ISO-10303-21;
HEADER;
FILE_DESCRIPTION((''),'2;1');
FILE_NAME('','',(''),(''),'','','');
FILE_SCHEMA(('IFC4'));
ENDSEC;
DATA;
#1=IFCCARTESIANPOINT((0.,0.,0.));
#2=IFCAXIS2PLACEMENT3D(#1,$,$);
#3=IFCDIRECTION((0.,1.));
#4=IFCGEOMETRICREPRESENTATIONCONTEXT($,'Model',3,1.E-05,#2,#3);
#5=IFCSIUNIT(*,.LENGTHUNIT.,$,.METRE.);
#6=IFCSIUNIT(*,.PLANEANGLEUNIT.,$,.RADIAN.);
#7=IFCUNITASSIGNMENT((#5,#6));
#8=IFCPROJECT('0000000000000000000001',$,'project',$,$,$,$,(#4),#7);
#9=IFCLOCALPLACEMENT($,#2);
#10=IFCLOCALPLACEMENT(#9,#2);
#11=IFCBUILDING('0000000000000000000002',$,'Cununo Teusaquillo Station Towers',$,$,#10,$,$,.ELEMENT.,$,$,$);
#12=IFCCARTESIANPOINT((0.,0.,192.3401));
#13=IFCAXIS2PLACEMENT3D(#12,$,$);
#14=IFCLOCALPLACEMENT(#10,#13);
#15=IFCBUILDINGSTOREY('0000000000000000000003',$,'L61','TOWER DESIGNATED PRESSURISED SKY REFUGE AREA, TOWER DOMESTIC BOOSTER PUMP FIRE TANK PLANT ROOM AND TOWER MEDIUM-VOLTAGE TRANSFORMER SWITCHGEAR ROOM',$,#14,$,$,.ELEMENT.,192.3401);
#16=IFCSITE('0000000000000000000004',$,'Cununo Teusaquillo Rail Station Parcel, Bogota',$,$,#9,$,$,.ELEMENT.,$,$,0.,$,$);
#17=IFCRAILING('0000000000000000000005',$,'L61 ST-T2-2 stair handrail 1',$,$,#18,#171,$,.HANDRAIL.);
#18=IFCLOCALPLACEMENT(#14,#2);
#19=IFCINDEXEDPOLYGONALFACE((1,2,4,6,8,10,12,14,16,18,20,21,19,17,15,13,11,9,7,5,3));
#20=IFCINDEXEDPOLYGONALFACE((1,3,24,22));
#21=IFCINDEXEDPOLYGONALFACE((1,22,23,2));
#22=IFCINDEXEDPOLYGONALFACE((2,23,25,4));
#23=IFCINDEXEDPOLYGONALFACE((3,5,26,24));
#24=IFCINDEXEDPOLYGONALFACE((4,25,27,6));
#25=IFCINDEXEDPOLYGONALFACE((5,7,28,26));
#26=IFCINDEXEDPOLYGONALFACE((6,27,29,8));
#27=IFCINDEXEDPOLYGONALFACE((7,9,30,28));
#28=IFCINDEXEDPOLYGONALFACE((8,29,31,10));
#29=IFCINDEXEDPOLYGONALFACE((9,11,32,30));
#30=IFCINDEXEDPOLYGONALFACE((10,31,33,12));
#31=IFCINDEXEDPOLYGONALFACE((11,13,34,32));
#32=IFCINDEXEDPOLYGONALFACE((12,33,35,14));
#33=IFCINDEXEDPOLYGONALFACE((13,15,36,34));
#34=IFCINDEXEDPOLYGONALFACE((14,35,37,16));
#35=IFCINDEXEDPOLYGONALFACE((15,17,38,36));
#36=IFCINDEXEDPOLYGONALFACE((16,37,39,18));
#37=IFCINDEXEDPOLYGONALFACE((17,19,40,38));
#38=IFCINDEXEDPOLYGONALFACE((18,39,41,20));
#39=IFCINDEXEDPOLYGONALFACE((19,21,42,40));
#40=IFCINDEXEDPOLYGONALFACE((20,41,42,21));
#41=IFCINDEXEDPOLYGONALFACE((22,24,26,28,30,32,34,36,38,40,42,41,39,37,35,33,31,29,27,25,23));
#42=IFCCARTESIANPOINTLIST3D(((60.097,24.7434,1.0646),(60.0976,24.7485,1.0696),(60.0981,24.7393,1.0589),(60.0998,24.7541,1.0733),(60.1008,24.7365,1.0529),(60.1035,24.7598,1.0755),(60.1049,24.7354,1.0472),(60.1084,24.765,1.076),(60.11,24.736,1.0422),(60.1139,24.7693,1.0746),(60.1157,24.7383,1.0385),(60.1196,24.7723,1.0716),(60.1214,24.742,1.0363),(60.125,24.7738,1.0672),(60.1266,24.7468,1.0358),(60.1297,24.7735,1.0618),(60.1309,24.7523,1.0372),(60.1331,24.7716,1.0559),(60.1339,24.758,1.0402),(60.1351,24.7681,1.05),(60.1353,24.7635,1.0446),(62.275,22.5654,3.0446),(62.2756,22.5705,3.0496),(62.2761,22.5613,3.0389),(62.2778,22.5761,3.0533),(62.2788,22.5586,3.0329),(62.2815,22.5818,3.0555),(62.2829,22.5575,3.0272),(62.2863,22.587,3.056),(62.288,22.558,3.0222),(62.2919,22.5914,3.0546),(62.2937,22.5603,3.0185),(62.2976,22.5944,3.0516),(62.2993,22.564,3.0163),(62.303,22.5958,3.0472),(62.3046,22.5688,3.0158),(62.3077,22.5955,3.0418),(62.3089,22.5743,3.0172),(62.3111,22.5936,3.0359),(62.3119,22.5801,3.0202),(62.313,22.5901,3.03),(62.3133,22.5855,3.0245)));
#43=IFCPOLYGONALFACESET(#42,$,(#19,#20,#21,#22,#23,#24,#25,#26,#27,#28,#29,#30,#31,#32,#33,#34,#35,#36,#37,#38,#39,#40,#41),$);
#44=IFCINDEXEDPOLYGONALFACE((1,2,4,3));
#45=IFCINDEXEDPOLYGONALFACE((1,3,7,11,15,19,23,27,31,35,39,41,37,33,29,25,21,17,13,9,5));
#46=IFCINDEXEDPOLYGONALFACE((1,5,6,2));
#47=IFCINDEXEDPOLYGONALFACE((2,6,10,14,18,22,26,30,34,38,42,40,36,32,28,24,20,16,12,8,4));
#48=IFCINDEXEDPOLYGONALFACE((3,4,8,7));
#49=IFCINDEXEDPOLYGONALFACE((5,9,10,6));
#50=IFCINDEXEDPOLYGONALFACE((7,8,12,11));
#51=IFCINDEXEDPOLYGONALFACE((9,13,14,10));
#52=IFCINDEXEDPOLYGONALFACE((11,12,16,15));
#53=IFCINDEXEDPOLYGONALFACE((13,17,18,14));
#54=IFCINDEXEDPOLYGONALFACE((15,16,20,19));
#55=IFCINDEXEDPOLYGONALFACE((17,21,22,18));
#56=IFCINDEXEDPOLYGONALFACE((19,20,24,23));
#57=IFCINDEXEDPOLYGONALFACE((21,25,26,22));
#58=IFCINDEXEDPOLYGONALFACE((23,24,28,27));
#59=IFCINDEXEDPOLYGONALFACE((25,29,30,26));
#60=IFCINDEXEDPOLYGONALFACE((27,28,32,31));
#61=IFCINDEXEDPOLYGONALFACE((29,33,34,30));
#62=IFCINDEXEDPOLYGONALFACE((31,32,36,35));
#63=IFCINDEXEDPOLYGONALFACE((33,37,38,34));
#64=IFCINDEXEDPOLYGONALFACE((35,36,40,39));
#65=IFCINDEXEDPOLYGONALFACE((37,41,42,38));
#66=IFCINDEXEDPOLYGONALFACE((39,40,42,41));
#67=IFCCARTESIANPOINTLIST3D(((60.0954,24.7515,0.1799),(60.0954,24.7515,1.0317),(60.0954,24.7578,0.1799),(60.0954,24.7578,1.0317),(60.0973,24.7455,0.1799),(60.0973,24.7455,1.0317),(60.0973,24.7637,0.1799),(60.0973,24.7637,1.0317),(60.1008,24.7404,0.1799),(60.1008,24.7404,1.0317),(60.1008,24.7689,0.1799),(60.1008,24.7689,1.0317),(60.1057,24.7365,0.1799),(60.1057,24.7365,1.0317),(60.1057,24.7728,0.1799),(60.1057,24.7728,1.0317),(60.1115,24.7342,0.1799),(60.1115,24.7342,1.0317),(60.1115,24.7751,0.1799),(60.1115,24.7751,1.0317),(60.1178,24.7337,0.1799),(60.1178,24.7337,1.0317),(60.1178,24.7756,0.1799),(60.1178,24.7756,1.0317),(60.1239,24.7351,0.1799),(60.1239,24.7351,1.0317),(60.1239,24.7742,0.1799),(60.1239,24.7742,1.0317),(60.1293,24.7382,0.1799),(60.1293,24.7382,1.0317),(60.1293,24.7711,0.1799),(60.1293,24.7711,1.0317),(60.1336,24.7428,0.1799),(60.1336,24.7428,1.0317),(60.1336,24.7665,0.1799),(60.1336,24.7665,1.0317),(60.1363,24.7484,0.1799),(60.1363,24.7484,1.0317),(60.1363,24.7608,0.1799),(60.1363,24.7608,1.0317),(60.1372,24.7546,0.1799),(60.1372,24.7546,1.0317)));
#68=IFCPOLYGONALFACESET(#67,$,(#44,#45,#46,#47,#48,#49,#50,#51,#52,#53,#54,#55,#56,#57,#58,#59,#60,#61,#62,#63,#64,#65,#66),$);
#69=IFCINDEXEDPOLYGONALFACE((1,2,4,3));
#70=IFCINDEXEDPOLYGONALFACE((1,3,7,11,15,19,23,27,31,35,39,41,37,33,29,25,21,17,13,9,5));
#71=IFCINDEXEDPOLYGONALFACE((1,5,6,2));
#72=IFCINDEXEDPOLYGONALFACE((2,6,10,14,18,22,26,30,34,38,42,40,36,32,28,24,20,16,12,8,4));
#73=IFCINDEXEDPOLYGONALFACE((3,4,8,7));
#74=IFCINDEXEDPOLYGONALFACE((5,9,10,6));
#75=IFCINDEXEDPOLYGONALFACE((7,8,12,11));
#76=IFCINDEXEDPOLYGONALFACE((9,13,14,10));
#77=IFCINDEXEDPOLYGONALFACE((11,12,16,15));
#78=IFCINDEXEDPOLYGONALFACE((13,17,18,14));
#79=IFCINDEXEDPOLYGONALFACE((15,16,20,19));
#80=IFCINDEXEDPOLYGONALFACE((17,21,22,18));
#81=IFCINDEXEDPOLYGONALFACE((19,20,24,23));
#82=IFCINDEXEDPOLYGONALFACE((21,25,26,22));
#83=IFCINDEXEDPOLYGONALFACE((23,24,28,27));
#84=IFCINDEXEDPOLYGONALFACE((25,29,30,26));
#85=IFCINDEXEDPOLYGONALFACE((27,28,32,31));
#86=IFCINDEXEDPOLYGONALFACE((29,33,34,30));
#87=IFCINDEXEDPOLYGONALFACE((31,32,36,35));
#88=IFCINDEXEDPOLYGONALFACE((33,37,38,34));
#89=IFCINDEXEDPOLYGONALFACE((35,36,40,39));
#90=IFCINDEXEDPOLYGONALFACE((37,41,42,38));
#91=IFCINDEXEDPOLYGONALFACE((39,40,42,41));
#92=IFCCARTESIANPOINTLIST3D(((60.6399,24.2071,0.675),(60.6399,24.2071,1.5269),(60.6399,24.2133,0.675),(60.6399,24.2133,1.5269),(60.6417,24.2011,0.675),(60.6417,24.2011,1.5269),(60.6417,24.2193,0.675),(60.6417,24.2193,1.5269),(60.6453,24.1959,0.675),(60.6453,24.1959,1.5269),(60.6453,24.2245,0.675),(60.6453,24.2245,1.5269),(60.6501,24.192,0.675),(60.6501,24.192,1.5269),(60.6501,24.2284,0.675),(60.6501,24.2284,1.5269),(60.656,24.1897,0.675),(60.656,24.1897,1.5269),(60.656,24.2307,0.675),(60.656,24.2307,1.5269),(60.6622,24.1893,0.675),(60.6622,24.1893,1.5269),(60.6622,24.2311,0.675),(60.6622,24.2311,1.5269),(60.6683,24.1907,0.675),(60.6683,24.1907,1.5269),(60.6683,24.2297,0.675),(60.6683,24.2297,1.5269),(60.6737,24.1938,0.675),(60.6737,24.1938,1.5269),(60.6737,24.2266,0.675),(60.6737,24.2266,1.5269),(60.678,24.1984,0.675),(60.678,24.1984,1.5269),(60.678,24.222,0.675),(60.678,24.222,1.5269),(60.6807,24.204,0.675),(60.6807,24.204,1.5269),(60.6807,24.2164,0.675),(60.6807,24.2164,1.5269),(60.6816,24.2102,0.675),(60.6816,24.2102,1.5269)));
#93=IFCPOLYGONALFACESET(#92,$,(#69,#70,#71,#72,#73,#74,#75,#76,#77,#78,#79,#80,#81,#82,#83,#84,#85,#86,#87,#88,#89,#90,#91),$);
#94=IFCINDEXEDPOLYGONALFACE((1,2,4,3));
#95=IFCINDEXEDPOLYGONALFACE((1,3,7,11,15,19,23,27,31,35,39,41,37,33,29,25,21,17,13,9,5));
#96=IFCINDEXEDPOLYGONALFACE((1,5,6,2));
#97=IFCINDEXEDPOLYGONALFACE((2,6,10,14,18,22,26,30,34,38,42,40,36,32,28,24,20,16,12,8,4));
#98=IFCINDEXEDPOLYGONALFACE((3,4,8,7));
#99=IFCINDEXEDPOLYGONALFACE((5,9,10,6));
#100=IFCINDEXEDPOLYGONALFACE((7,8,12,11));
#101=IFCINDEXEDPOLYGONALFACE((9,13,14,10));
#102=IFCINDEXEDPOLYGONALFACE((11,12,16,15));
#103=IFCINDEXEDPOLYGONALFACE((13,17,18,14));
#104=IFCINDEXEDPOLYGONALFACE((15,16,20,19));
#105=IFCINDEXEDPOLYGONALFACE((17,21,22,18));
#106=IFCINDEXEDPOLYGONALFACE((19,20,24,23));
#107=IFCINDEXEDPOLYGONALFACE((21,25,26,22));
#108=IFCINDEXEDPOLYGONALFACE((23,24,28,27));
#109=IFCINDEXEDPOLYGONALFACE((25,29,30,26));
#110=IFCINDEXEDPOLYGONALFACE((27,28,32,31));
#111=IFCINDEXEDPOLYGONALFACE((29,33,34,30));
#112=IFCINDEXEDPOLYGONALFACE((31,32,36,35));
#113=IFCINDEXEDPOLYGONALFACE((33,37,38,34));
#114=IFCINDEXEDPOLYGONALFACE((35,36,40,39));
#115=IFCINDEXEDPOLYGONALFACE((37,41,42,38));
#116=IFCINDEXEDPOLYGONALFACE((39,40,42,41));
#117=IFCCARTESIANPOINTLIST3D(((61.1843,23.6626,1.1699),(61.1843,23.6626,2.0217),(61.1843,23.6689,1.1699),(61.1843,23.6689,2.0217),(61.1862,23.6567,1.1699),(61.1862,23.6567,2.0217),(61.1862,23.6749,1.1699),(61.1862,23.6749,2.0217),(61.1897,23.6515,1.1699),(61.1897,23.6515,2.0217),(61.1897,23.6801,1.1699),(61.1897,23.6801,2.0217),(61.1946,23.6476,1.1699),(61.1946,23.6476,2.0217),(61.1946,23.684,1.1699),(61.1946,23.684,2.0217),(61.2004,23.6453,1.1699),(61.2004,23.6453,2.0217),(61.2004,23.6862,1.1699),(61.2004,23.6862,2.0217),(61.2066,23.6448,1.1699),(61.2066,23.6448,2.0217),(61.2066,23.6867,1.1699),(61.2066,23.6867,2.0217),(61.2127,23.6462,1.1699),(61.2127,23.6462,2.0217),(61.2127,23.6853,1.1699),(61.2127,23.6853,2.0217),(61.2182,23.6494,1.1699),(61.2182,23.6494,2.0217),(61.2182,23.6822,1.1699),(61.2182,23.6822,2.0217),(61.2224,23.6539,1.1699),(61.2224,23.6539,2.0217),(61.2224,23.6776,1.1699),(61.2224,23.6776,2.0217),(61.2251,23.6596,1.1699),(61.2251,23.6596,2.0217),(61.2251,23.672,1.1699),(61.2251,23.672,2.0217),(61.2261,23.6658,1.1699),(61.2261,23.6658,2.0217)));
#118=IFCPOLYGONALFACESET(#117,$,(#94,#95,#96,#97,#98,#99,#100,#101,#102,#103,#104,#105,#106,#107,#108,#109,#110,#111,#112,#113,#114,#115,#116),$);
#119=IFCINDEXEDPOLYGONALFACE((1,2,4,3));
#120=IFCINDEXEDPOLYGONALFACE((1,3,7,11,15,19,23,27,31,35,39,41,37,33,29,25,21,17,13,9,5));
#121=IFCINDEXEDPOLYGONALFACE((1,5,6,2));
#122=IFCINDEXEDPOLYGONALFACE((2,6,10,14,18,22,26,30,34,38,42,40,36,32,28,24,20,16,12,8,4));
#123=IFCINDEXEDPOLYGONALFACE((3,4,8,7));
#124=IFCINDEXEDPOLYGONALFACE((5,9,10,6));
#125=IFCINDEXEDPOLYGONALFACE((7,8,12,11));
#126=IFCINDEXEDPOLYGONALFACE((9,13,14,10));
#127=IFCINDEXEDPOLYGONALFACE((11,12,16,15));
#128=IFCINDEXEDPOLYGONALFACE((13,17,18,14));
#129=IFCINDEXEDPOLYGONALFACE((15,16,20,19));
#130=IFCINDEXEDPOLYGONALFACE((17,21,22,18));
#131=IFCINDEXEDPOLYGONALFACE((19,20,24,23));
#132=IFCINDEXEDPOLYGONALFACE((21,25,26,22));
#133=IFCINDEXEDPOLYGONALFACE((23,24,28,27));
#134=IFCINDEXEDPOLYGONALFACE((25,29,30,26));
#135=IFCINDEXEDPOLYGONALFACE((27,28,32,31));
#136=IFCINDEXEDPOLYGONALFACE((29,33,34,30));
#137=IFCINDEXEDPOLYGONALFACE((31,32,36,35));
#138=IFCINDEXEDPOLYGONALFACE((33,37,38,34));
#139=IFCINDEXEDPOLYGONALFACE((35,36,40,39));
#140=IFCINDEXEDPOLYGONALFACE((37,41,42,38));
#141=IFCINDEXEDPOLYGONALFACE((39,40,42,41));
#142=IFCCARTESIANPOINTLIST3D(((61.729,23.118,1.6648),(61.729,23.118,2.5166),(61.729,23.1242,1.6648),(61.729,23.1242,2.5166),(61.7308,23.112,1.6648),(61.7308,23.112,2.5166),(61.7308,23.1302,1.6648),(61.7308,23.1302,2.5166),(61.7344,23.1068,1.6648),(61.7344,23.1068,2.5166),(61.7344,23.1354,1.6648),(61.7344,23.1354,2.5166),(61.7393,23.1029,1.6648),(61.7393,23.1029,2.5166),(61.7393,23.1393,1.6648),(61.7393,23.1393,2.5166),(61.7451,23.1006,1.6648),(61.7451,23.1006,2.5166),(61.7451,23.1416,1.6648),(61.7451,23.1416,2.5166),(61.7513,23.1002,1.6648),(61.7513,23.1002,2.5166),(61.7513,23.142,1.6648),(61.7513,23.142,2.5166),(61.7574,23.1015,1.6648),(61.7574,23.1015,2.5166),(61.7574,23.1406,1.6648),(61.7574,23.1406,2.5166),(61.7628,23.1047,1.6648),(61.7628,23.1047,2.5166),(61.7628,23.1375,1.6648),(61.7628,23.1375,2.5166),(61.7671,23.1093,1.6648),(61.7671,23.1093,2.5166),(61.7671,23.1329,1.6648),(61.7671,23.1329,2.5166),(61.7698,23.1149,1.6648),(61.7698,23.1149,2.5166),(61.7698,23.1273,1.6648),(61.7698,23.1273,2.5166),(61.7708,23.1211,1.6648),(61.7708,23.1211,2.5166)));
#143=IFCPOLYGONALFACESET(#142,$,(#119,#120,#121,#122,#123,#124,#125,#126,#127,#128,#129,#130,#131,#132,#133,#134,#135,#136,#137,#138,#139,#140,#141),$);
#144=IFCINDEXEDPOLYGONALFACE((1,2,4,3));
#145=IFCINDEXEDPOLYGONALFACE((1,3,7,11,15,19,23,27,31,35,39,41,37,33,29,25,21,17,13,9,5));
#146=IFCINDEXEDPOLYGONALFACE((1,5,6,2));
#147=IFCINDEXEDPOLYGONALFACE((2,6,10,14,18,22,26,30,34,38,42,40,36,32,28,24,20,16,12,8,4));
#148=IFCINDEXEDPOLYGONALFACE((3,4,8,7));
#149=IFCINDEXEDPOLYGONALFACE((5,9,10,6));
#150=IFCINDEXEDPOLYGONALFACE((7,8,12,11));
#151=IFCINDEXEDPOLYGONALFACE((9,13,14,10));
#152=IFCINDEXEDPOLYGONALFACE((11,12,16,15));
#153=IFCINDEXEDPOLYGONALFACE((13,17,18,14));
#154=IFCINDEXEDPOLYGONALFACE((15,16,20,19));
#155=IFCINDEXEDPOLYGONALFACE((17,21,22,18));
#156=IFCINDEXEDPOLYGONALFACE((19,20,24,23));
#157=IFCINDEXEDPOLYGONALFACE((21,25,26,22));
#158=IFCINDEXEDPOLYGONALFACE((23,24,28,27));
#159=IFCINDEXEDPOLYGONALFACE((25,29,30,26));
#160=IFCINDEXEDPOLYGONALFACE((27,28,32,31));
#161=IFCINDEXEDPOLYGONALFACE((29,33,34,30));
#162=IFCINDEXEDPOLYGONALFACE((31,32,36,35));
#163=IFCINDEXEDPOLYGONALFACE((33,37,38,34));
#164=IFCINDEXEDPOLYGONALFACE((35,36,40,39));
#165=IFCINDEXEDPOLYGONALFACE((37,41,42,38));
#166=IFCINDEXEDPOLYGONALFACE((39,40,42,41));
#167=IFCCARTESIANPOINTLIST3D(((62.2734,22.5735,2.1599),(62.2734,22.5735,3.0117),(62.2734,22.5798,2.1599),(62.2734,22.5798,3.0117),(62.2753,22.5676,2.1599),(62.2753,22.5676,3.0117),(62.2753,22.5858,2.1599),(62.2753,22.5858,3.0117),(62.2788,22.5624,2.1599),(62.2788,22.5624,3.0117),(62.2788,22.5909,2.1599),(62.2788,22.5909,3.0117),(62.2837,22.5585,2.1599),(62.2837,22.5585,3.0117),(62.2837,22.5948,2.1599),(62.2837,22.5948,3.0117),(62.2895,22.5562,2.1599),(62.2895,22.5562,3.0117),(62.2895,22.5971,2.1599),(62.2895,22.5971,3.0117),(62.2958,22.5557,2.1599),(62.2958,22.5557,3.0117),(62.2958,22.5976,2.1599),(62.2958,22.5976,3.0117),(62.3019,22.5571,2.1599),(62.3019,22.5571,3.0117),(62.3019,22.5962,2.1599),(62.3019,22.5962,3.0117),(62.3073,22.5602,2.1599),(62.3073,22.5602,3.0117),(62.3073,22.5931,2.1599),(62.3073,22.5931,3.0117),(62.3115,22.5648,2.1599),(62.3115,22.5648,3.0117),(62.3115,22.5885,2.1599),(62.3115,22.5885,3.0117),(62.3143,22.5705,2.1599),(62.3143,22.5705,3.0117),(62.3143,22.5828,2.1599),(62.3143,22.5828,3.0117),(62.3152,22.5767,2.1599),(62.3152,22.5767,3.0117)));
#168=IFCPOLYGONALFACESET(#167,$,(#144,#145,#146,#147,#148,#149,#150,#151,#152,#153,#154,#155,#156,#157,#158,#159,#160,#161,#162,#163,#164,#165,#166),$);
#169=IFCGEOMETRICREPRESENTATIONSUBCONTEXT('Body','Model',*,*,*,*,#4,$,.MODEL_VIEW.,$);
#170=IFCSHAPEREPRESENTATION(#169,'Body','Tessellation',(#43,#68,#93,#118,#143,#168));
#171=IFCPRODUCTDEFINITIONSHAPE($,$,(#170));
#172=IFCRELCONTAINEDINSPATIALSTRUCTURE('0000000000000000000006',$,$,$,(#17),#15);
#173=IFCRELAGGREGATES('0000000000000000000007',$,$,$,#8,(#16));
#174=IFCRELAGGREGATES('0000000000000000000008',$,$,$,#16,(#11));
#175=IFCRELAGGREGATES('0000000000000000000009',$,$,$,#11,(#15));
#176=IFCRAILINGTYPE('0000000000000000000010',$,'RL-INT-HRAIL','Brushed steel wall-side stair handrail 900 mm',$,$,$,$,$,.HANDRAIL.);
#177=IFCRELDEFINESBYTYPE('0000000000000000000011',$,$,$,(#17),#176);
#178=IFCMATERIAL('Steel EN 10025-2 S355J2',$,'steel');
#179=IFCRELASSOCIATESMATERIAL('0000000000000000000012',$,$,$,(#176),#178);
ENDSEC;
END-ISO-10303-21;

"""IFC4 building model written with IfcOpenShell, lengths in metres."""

from ifc_helpers import new_model, si_unit, direction, frame, origin, origin_2d, place, context, subcontext, project, spatial, circle, extrude, material, type_object, element, save


model = new_model("IFC4")

# Units and contexts
model_context = context("Model", 3, precision=1e-05, world=origin(), true_north=direction((0.0, 1.0)))
body_context = subcontext(model_context, "Body", "Model", "MODEL_VIEW")
ifc_project = project(units=[si_unit("LENGTHUNIT", "METRE"), si_unit("PLANEANGLEUNIT", "RADIAN")], contexts=[model_context])

# Site, building, storey
site_placement = place(None, origin())
site = spatial("IfcSite", under=ifc_project, at=site_placement, Name="Cununo Teusaquillo Rail Station Parcel, Bogota", CompositionType="ELEMENT", RefElevation=0.0)
building_placement = place(site_placement, origin())
building = spatial("IfcBuilding", under=site, at=building_placement, Name="Cununo Teusaquillo Station Towers", CompositionType="ELEMENT")
storey_placement = place(building_placement, frame((0.0, 0.0, 192.3401)))
storey = spatial("IfcBuildingStorey", under=building, at=storey_placement, Name="L61", Description="TOWER DESIGNATED PRESSURISED SKY REFUGE AREA, TOWER DOMESTIC BOOSTER PUMP FIRE TANK PLANT ROOM AND TOWER MEDIUM-VOLTAGE TRANSFORMER SWITCHGEAR ROOM", CompositionType="ELEMENT", Elevation=192.3401)

# Railing
ifc_material_1 = material(Name="Steel EN 10025-2 S355J2", Category="steel")
railing_type_1 = type_object("IfcRailingType", Name="RL-INT-HRAIL", Description="Brushed steel wall-side stair handrail 900 mm", PredefinedType="HANDRAIL", material=ifc_material_1)
railing_1_placement = place(storey_placement, frame((60.1162, 24.7546, 0.1799)))
element("IfcRailing", 1, at=railing_1_placement, inside=storey, type_object=railing_type_1, Name="L61 ST-T2-2 stair handrail 1", PredefinedType="HANDRAIL", context=body_context, shape_type="SweptSolid", body=[
    extrude(circle(Radius=0.0239, at=origin_2d()), frame((0.0, 0.0, 0.876), z_axis=(0.594812, -0.594812, 0.540738), x_axis=(0.707107, 0.707107, 0.0)), (0.0, 0.0, 1.0), 3.6616),
    extrude(circle(Radius=0.021, at=origin_2d()), origin(), (0.0, 0.0, 1.0), 0.8518),
    extrude(circle(Radius=0.021, at=origin_2d()), frame((0.5444, -0.5444, 0.4951)), (0.0, 0.0, 1.0), 0.8518),
    extrude(circle(Radius=0.021, at=origin_2d()), frame((1.0889, -1.0889, 0.99)), (0.0, 0.0, 1.0), 0.8518),
    extrude(circle(Radius=0.021, at=origin_2d()), frame((1.6335, -1.6335, 1.4849)), (0.0, 0.0, 1.0), 0.8518),
    extrude(circle(Radius=0.021, at=origin_2d()), frame((2.178, -2.178, 1.98)), (0.0, 0.0, 1.0), 0.8518),
])

save(model, "model.ifc")
